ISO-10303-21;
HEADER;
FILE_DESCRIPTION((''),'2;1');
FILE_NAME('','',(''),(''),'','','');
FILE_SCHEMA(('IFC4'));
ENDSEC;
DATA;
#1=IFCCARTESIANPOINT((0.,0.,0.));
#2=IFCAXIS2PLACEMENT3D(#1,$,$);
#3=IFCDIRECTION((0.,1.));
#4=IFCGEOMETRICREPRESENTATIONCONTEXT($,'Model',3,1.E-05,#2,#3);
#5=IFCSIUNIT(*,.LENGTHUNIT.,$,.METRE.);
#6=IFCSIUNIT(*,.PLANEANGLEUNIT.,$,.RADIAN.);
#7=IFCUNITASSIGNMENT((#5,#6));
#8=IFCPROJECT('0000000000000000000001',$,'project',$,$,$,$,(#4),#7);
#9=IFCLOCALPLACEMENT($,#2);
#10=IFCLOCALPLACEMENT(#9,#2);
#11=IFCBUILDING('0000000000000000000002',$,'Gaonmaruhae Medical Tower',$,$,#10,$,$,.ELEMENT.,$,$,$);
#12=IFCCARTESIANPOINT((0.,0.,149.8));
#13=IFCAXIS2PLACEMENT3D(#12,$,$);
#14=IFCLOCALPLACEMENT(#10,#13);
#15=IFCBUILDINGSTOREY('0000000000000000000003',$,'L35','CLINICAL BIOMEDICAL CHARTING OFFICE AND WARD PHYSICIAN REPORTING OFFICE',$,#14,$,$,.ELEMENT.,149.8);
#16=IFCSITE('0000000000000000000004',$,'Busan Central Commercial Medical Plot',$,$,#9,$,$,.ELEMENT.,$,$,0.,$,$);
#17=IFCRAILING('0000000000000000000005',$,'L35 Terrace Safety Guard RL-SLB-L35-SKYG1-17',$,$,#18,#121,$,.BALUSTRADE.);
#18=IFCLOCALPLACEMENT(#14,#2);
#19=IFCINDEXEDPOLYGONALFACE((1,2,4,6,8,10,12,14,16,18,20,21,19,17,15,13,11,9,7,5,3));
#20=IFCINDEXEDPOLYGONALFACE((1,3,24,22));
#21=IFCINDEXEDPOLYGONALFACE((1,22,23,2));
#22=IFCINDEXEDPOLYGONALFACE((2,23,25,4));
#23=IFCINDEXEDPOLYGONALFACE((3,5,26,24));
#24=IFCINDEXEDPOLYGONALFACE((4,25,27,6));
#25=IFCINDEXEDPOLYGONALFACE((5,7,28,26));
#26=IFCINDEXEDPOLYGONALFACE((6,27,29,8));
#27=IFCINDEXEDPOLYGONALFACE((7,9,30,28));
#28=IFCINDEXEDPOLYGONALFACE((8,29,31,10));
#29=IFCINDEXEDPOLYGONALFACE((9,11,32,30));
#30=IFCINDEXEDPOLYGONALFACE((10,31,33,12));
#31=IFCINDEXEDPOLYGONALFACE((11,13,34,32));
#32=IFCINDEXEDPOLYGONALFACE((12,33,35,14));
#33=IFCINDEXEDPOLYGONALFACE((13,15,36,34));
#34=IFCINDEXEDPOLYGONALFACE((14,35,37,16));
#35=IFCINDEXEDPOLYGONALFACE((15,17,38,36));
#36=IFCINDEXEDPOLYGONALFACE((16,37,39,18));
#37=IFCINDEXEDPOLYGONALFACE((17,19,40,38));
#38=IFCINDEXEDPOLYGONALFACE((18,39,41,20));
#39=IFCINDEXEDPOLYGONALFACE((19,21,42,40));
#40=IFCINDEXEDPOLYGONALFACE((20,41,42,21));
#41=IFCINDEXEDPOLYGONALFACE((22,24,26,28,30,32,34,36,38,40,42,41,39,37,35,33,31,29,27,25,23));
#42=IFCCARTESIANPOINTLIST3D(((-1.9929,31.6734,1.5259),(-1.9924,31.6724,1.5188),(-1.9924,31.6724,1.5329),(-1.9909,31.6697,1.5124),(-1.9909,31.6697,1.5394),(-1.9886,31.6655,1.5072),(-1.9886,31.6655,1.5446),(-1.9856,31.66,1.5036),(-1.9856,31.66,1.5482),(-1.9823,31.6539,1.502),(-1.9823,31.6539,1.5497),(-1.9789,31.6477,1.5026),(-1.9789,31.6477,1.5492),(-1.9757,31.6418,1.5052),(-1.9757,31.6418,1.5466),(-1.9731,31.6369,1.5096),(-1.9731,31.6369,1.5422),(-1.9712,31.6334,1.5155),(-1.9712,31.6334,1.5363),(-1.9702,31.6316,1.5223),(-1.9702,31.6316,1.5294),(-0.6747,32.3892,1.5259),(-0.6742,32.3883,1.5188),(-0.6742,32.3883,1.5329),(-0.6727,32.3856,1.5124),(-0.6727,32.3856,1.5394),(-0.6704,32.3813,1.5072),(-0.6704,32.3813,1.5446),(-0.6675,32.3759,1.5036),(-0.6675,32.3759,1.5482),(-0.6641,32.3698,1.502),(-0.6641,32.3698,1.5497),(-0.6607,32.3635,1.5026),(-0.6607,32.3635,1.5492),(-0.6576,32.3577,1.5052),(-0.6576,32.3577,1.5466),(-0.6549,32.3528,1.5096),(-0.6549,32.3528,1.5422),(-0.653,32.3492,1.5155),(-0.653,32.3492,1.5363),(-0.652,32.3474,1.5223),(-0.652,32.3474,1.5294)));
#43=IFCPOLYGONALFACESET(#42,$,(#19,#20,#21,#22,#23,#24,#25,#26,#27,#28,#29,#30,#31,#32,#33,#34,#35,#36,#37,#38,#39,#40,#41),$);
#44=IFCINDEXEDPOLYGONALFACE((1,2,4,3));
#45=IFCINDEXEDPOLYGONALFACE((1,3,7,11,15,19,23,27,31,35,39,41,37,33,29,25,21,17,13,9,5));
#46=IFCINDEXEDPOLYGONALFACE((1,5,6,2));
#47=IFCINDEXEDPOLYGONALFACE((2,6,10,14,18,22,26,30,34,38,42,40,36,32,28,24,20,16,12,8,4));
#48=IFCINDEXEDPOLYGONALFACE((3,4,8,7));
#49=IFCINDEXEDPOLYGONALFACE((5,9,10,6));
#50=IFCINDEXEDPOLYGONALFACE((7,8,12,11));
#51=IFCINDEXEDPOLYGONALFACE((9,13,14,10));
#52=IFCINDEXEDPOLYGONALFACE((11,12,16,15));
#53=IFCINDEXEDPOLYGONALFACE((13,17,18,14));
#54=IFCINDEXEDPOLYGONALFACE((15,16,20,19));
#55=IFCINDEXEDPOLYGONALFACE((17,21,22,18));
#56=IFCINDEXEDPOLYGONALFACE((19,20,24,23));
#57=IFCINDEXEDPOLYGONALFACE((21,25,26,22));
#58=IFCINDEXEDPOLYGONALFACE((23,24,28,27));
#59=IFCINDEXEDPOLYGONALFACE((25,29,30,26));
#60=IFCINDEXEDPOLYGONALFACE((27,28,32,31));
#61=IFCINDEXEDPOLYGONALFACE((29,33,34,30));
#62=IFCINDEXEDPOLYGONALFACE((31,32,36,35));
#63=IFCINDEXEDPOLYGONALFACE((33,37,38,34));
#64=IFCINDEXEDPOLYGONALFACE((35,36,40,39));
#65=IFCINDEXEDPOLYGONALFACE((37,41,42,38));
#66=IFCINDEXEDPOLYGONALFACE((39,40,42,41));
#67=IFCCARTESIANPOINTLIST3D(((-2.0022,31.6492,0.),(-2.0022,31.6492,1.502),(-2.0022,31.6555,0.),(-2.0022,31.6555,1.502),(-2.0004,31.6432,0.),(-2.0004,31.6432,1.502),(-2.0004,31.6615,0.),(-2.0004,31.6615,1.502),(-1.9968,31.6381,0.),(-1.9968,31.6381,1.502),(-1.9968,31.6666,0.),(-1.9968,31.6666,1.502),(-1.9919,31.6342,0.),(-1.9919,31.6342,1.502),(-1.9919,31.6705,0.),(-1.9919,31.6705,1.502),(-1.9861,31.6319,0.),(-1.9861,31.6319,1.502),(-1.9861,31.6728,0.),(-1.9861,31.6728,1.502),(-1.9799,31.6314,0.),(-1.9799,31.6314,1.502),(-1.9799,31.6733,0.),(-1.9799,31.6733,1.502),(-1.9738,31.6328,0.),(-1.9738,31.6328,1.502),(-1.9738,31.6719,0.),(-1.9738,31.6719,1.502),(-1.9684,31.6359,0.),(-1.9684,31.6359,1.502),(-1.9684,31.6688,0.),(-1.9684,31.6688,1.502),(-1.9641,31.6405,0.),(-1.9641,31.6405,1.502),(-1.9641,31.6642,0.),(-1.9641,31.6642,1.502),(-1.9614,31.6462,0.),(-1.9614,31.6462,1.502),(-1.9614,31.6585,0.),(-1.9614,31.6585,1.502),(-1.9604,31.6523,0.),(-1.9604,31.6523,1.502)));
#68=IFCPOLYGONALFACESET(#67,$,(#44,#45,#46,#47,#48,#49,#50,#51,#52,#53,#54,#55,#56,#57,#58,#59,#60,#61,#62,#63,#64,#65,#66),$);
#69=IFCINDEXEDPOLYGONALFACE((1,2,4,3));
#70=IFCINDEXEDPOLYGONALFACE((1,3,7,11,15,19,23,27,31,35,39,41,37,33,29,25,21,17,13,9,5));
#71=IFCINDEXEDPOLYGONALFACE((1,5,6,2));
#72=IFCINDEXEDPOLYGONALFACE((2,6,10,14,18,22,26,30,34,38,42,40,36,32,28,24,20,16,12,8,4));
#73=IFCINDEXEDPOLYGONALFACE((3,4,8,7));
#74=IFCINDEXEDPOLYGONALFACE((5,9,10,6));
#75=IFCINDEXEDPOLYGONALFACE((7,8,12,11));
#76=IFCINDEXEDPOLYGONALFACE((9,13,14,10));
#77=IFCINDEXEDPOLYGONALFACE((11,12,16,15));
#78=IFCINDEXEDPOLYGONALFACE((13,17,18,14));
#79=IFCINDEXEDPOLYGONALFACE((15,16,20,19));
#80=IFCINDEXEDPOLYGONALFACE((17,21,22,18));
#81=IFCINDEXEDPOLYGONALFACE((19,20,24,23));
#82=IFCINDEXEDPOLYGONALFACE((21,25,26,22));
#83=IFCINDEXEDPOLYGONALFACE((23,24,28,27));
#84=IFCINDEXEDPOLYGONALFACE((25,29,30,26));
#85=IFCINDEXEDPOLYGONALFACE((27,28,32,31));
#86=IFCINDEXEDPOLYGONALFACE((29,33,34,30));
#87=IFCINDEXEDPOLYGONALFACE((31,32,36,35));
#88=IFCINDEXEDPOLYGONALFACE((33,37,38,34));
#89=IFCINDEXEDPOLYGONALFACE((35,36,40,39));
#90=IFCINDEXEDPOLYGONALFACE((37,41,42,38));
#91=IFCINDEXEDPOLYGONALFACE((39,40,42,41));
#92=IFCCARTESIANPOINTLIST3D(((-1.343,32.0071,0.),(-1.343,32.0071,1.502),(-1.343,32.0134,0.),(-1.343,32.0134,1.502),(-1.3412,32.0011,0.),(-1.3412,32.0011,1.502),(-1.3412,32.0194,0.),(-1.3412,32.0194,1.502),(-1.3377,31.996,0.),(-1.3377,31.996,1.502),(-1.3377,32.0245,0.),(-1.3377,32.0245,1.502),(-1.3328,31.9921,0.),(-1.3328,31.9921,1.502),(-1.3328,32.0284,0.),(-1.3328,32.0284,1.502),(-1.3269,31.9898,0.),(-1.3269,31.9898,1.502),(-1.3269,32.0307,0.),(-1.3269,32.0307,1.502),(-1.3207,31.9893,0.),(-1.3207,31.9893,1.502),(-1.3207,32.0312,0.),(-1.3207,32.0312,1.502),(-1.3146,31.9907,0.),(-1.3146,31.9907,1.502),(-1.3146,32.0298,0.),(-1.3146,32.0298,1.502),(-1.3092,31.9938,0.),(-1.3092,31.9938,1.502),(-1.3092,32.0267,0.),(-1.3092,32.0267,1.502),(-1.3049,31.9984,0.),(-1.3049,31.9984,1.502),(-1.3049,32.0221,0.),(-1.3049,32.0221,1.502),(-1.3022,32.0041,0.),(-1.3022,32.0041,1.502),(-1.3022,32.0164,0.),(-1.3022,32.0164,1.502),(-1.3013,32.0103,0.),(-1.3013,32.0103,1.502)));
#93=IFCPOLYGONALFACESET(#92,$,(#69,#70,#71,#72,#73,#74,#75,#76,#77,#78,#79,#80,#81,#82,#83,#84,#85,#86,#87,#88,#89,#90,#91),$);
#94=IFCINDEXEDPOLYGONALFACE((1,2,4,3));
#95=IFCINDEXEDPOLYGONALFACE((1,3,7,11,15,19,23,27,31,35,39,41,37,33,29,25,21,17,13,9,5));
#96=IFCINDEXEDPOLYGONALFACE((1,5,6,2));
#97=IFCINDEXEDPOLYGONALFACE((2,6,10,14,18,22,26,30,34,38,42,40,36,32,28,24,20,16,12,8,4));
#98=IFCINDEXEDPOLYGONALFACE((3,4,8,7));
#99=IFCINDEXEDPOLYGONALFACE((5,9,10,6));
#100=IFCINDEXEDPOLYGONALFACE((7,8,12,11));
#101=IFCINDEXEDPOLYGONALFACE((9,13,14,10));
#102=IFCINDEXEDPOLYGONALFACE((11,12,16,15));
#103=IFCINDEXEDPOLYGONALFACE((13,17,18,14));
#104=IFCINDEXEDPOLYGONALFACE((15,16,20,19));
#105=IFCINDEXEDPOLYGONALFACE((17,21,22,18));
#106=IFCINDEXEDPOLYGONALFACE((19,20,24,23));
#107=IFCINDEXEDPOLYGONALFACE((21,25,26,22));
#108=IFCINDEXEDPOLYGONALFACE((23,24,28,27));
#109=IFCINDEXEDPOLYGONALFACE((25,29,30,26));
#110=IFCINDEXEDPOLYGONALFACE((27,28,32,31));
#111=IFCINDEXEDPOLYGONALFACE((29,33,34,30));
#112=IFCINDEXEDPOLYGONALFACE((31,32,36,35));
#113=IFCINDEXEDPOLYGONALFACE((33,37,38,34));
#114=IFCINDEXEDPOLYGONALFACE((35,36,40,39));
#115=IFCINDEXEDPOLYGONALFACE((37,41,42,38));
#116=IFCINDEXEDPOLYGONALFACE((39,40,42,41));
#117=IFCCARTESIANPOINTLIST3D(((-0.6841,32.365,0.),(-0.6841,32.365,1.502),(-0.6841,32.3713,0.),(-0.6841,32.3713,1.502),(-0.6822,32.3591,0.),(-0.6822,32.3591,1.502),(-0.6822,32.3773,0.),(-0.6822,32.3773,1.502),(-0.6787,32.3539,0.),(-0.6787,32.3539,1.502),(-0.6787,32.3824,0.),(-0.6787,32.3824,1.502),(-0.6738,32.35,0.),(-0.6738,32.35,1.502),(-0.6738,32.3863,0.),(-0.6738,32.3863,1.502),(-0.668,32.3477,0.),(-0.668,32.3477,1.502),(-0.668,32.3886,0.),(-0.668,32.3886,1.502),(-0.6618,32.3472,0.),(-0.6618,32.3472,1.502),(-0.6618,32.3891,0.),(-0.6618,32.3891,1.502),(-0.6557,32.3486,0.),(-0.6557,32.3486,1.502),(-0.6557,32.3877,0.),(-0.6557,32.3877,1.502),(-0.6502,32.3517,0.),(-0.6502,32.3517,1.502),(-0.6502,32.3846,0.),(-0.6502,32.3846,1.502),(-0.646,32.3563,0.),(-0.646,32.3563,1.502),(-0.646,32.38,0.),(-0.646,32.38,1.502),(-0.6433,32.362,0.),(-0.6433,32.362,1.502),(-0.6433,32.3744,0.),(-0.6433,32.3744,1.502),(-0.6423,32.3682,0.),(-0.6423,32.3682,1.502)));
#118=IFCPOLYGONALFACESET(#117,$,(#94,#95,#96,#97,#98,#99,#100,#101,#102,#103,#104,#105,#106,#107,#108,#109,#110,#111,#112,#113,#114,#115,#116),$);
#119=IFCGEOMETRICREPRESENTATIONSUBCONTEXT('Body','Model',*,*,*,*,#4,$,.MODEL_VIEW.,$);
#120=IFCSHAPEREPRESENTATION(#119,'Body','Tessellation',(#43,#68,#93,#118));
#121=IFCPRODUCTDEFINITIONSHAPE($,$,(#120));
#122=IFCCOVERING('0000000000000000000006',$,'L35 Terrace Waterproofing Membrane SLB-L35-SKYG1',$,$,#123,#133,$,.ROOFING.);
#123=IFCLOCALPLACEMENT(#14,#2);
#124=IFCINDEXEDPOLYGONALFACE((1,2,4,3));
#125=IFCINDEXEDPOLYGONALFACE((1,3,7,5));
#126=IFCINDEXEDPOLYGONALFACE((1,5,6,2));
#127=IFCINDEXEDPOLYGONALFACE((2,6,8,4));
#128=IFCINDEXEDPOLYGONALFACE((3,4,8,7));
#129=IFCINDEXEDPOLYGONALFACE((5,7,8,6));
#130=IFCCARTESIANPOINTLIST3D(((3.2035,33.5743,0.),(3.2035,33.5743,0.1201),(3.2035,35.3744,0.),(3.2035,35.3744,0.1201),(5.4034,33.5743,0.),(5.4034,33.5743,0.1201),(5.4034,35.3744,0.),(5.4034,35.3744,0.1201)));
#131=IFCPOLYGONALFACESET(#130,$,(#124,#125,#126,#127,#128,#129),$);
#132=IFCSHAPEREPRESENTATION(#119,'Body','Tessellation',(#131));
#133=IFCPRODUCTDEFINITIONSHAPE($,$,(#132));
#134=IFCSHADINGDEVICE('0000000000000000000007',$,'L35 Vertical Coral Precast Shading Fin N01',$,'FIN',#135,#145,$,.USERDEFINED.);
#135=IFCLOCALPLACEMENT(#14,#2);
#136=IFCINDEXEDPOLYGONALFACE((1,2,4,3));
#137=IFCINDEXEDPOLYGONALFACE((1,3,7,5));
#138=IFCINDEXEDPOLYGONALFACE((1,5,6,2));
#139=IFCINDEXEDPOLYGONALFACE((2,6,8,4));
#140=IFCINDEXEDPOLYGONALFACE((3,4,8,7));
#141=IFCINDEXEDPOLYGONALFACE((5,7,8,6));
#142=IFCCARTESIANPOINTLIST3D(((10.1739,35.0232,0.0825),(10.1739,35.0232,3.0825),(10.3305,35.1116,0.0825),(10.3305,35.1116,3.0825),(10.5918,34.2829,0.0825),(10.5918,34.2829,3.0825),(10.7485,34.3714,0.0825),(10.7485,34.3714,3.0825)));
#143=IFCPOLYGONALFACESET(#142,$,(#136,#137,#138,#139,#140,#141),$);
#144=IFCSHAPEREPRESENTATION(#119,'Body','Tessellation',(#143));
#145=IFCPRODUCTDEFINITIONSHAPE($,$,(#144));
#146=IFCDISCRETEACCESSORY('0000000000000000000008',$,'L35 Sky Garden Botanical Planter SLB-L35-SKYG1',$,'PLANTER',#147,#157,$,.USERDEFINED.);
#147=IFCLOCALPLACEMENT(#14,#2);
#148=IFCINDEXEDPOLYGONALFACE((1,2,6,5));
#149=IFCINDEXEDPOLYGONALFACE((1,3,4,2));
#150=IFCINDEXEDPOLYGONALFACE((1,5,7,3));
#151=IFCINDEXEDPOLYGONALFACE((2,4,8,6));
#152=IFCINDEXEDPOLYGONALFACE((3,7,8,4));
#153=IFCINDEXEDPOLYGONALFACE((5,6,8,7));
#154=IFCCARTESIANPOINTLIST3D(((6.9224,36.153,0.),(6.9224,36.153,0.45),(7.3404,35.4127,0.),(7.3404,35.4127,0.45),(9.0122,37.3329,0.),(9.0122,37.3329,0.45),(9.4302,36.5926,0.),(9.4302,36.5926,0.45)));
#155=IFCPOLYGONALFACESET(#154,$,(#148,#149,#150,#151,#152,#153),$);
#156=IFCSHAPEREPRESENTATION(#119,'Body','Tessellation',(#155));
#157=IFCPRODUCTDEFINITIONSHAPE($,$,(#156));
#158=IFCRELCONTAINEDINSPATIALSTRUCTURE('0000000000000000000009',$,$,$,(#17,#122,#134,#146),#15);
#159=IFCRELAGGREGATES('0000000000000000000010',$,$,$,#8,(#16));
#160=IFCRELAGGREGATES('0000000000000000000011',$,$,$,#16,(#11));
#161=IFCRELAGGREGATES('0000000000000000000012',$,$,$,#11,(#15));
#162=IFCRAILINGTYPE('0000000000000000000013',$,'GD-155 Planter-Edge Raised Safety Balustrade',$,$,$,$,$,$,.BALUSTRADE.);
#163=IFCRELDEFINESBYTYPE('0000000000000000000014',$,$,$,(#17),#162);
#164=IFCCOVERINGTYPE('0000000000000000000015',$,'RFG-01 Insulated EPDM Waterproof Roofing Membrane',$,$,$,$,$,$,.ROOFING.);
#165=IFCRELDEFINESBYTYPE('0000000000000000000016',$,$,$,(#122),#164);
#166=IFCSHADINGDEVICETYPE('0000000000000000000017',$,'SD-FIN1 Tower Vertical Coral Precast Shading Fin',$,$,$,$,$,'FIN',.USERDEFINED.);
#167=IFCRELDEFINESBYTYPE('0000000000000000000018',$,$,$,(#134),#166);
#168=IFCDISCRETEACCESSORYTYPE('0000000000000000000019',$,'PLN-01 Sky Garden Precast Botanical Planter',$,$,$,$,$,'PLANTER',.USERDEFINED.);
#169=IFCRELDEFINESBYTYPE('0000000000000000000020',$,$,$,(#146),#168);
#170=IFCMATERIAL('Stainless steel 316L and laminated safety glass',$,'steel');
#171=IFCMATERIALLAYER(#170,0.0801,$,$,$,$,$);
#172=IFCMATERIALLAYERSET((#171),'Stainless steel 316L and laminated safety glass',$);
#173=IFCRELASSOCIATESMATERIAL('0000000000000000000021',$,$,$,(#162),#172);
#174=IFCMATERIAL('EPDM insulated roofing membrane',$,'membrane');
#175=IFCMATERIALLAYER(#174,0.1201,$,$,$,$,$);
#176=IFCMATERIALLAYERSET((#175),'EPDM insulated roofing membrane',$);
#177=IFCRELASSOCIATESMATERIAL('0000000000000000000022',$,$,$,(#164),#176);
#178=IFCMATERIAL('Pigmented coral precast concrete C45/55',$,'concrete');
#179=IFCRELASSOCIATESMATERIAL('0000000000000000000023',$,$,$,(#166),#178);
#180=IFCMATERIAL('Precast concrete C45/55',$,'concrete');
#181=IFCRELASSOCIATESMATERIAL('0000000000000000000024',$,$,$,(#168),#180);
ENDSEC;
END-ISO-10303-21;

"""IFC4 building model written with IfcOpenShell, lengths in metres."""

from ifc_helpers import new_model, si_unit, direction, frame, origin, origin_2d, place, context, subcontext, project, spatial, rectangle, circle, extrude, material, layer, layer_set, type_object, element, save


model = new_model("IFC4")

# Units and contexts
model_context = context("Model", 3, precision=1e-05, world=origin(), true_north=direction((0.0, 1.0)))
body_context = subcontext(model_context, "Body", "Model", "MODEL_VIEW")
ifc_project = project(units=[si_unit("LENGTHUNIT", "METRE"), si_unit("PLANEANGLEUNIT", "RADIAN")], contexts=[model_context])

# Site, building, storey
site_placement = place(None, origin())
site = spatial("IfcSite", under=ifc_project, at=site_placement, Name="Busan Central Commercial Medical Plot", CompositionType="ELEMENT", RefElevation=0.0)
building_placement = place(site_placement, origin())
building = spatial("IfcBuilding", under=site, at=building_placement, Name="Gaonmaruhae Medical Tower", CompositionType="ELEMENT")
storey_placement = place(building_placement, frame((0.0, 0.0, 149.8)))
storey = spatial("IfcBuildingStorey", under=building, at=storey_placement, Name="L35", Description="CLINICAL BIOMEDICAL CHARTING OFFICE AND WARD PHYSICIAN REPORTING OFFICE", CompositionType="ELEMENT", Elevation=149.8)

# Shared definitions
ifc_material_1 = material(Name="Precast concrete C45/55", Category="concrete")

# Railing
ifc_material_2 = material(Name="Stainless steel 316L and laminated safety glass", Category="steel")
ifc_layer_1 = layer(ifc_material_2, 0.0801)
ifc_layer_set_1 = layer_set([ifc_layer_1], Name="Stainless steel 316L and laminated safety glass")
railing_type = type_object("IfcRailingType", Name="GD-155 Planter-Edge Raised Safety Balustrade", PredefinedType="BALUSTRADE", material=ifc_layer_set_1)
railing_1_placement = place(storey_placement, frame((-1.9814, 31.6523, 0.0)))
element("IfcRailing", 1, at=railing_1_placement, inside=storey, type_object=railing_type, Name="L35 Terrace Safety Guard RL-SLB-L35-SKYG1-17", PredefinedType="BALUSTRADE", context=body_context, shape_type="SweptSolid", body=[
    extrude(circle(Radius=0.0239, at=origin_2d()), frame((0.0, 0.0, 1.5259), z_axis=(0.878777, 0.477232, 0.0), x_axis=(-0.477232, 0.878777, 0.0)), (0.0, 0.0, 1.0), 1.5),
    extrude(circle(Radius=0.021, at=origin_2d()), origin(), (0.0, 0.0, 1.0), 1.502),
    extrude(circle(Radius=0.021, at=origin_2d()), frame((0.6592, 0.3579, 0.0)), (0.0, 0.0, 1.0), 1.502),
    extrude(circle(Radius=0.021, at=origin_2d()), frame((1.3181, 0.7158, 0.0)), (0.0, 0.0, 1.0), 1.502),
])

# Covering
ifc_material_3 = material(Name="EPDM insulated roofing membrane", Category="membrane")
ifc_layer_2 = layer(ifc_material_3, 0.1201)
ifc_layer_set_2 = layer_set([ifc_layer_2], Name="EPDM insulated roofing membrane")
covering_type = type_object("IfcCoveringType", Name="RFG-01 Insulated EPDM Waterproof Roofing Membrane", PredefinedType="ROOFING", material=ifc_layer_set_2)
covering_placement = place(storey_placement, frame((4.3035, 34.4744, 0.0), z_axis=(0.0, 0.0, 1.0), x_axis=(1.0, 0.0, 0.0)))
element("IfcCovering", 2, at=covering_placement, inside=storey, type_object=covering_type, Name="L35 Terrace Waterproofing Membrane SLB-L35-SKYG1", PredefinedType="ROOFING", context=body_context, shape_type="SweptSolid", body=[
    extrude(rectangle(XDim=2.2, YDim=1.8, at=origin_2d()), origin(), (0.0, 0.0, 1.0), 0.1201),
])

# Shading device
ifc_material_4 = material(Name="Pigmented coral precast concrete C45/55", Category="concrete")
shading_device_type = type_object("IfcShadingDeviceType", Name="SD-FIN1 Tower Vertical Coral Precast Shading Fin", ElementType="FIN", PredefinedType="USERDEFINED", material=ifc_material_4)
shading_device_placement = place(storey_placement, frame((10.4612, 34.6973, 0.0825), z_axis=(0.0, 0.0, 1.0), x_axis=(0.870785, 0.491664, 0.0)))
element("IfcShadingDevice", 3, at=shading_device_placement, inside=storey, type_object=shading_device_type, Name="L35 Vertical Coral Precast Shading Fin N01", ObjectType="FIN", PredefinedType="USERDEFINED", context=body_context, shape_type="SweptSolid", body=[
    extrude(rectangle(XDim=0.1799, YDim=0.8501, at=origin_2d()), origin(), (0.0, 0.0, 1.0), 3.0),
])

# Discrete accessory
discrete_accessory_type = type_object("IfcDiscreteAccessoryType", Name="PLN-01 Sky Garden Precast Botanical Planter", ElementType="PLANTER", PredefinedType="USERDEFINED", material=ifc_material_1)
discrete_accessory_placement = place(storey_placement, frame((8.1763, 36.3728, 0.0), z_axis=(0.0, 0.0, 1.0), x_axis=(0.870785, 0.491664, 0.0)))
element("IfcDiscreteAccessory", 4, at=discrete_accessory_placement, inside=storey, type_object=discrete_accessory_type, Name="L35 Sky Garden Botanical Planter SLB-L35-SKYG1", ObjectType="PLANTER", PredefinedType="USERDEFINED", context=body_context, shape_type="SweptSolid", body=[
    extrude(rectangle(XDim=2.3999, YDim=0.8501, at=origin_2d()), origin(), (0.0, 0.0, 1.0), 0.45),
])

save(model, "model.ifc")
